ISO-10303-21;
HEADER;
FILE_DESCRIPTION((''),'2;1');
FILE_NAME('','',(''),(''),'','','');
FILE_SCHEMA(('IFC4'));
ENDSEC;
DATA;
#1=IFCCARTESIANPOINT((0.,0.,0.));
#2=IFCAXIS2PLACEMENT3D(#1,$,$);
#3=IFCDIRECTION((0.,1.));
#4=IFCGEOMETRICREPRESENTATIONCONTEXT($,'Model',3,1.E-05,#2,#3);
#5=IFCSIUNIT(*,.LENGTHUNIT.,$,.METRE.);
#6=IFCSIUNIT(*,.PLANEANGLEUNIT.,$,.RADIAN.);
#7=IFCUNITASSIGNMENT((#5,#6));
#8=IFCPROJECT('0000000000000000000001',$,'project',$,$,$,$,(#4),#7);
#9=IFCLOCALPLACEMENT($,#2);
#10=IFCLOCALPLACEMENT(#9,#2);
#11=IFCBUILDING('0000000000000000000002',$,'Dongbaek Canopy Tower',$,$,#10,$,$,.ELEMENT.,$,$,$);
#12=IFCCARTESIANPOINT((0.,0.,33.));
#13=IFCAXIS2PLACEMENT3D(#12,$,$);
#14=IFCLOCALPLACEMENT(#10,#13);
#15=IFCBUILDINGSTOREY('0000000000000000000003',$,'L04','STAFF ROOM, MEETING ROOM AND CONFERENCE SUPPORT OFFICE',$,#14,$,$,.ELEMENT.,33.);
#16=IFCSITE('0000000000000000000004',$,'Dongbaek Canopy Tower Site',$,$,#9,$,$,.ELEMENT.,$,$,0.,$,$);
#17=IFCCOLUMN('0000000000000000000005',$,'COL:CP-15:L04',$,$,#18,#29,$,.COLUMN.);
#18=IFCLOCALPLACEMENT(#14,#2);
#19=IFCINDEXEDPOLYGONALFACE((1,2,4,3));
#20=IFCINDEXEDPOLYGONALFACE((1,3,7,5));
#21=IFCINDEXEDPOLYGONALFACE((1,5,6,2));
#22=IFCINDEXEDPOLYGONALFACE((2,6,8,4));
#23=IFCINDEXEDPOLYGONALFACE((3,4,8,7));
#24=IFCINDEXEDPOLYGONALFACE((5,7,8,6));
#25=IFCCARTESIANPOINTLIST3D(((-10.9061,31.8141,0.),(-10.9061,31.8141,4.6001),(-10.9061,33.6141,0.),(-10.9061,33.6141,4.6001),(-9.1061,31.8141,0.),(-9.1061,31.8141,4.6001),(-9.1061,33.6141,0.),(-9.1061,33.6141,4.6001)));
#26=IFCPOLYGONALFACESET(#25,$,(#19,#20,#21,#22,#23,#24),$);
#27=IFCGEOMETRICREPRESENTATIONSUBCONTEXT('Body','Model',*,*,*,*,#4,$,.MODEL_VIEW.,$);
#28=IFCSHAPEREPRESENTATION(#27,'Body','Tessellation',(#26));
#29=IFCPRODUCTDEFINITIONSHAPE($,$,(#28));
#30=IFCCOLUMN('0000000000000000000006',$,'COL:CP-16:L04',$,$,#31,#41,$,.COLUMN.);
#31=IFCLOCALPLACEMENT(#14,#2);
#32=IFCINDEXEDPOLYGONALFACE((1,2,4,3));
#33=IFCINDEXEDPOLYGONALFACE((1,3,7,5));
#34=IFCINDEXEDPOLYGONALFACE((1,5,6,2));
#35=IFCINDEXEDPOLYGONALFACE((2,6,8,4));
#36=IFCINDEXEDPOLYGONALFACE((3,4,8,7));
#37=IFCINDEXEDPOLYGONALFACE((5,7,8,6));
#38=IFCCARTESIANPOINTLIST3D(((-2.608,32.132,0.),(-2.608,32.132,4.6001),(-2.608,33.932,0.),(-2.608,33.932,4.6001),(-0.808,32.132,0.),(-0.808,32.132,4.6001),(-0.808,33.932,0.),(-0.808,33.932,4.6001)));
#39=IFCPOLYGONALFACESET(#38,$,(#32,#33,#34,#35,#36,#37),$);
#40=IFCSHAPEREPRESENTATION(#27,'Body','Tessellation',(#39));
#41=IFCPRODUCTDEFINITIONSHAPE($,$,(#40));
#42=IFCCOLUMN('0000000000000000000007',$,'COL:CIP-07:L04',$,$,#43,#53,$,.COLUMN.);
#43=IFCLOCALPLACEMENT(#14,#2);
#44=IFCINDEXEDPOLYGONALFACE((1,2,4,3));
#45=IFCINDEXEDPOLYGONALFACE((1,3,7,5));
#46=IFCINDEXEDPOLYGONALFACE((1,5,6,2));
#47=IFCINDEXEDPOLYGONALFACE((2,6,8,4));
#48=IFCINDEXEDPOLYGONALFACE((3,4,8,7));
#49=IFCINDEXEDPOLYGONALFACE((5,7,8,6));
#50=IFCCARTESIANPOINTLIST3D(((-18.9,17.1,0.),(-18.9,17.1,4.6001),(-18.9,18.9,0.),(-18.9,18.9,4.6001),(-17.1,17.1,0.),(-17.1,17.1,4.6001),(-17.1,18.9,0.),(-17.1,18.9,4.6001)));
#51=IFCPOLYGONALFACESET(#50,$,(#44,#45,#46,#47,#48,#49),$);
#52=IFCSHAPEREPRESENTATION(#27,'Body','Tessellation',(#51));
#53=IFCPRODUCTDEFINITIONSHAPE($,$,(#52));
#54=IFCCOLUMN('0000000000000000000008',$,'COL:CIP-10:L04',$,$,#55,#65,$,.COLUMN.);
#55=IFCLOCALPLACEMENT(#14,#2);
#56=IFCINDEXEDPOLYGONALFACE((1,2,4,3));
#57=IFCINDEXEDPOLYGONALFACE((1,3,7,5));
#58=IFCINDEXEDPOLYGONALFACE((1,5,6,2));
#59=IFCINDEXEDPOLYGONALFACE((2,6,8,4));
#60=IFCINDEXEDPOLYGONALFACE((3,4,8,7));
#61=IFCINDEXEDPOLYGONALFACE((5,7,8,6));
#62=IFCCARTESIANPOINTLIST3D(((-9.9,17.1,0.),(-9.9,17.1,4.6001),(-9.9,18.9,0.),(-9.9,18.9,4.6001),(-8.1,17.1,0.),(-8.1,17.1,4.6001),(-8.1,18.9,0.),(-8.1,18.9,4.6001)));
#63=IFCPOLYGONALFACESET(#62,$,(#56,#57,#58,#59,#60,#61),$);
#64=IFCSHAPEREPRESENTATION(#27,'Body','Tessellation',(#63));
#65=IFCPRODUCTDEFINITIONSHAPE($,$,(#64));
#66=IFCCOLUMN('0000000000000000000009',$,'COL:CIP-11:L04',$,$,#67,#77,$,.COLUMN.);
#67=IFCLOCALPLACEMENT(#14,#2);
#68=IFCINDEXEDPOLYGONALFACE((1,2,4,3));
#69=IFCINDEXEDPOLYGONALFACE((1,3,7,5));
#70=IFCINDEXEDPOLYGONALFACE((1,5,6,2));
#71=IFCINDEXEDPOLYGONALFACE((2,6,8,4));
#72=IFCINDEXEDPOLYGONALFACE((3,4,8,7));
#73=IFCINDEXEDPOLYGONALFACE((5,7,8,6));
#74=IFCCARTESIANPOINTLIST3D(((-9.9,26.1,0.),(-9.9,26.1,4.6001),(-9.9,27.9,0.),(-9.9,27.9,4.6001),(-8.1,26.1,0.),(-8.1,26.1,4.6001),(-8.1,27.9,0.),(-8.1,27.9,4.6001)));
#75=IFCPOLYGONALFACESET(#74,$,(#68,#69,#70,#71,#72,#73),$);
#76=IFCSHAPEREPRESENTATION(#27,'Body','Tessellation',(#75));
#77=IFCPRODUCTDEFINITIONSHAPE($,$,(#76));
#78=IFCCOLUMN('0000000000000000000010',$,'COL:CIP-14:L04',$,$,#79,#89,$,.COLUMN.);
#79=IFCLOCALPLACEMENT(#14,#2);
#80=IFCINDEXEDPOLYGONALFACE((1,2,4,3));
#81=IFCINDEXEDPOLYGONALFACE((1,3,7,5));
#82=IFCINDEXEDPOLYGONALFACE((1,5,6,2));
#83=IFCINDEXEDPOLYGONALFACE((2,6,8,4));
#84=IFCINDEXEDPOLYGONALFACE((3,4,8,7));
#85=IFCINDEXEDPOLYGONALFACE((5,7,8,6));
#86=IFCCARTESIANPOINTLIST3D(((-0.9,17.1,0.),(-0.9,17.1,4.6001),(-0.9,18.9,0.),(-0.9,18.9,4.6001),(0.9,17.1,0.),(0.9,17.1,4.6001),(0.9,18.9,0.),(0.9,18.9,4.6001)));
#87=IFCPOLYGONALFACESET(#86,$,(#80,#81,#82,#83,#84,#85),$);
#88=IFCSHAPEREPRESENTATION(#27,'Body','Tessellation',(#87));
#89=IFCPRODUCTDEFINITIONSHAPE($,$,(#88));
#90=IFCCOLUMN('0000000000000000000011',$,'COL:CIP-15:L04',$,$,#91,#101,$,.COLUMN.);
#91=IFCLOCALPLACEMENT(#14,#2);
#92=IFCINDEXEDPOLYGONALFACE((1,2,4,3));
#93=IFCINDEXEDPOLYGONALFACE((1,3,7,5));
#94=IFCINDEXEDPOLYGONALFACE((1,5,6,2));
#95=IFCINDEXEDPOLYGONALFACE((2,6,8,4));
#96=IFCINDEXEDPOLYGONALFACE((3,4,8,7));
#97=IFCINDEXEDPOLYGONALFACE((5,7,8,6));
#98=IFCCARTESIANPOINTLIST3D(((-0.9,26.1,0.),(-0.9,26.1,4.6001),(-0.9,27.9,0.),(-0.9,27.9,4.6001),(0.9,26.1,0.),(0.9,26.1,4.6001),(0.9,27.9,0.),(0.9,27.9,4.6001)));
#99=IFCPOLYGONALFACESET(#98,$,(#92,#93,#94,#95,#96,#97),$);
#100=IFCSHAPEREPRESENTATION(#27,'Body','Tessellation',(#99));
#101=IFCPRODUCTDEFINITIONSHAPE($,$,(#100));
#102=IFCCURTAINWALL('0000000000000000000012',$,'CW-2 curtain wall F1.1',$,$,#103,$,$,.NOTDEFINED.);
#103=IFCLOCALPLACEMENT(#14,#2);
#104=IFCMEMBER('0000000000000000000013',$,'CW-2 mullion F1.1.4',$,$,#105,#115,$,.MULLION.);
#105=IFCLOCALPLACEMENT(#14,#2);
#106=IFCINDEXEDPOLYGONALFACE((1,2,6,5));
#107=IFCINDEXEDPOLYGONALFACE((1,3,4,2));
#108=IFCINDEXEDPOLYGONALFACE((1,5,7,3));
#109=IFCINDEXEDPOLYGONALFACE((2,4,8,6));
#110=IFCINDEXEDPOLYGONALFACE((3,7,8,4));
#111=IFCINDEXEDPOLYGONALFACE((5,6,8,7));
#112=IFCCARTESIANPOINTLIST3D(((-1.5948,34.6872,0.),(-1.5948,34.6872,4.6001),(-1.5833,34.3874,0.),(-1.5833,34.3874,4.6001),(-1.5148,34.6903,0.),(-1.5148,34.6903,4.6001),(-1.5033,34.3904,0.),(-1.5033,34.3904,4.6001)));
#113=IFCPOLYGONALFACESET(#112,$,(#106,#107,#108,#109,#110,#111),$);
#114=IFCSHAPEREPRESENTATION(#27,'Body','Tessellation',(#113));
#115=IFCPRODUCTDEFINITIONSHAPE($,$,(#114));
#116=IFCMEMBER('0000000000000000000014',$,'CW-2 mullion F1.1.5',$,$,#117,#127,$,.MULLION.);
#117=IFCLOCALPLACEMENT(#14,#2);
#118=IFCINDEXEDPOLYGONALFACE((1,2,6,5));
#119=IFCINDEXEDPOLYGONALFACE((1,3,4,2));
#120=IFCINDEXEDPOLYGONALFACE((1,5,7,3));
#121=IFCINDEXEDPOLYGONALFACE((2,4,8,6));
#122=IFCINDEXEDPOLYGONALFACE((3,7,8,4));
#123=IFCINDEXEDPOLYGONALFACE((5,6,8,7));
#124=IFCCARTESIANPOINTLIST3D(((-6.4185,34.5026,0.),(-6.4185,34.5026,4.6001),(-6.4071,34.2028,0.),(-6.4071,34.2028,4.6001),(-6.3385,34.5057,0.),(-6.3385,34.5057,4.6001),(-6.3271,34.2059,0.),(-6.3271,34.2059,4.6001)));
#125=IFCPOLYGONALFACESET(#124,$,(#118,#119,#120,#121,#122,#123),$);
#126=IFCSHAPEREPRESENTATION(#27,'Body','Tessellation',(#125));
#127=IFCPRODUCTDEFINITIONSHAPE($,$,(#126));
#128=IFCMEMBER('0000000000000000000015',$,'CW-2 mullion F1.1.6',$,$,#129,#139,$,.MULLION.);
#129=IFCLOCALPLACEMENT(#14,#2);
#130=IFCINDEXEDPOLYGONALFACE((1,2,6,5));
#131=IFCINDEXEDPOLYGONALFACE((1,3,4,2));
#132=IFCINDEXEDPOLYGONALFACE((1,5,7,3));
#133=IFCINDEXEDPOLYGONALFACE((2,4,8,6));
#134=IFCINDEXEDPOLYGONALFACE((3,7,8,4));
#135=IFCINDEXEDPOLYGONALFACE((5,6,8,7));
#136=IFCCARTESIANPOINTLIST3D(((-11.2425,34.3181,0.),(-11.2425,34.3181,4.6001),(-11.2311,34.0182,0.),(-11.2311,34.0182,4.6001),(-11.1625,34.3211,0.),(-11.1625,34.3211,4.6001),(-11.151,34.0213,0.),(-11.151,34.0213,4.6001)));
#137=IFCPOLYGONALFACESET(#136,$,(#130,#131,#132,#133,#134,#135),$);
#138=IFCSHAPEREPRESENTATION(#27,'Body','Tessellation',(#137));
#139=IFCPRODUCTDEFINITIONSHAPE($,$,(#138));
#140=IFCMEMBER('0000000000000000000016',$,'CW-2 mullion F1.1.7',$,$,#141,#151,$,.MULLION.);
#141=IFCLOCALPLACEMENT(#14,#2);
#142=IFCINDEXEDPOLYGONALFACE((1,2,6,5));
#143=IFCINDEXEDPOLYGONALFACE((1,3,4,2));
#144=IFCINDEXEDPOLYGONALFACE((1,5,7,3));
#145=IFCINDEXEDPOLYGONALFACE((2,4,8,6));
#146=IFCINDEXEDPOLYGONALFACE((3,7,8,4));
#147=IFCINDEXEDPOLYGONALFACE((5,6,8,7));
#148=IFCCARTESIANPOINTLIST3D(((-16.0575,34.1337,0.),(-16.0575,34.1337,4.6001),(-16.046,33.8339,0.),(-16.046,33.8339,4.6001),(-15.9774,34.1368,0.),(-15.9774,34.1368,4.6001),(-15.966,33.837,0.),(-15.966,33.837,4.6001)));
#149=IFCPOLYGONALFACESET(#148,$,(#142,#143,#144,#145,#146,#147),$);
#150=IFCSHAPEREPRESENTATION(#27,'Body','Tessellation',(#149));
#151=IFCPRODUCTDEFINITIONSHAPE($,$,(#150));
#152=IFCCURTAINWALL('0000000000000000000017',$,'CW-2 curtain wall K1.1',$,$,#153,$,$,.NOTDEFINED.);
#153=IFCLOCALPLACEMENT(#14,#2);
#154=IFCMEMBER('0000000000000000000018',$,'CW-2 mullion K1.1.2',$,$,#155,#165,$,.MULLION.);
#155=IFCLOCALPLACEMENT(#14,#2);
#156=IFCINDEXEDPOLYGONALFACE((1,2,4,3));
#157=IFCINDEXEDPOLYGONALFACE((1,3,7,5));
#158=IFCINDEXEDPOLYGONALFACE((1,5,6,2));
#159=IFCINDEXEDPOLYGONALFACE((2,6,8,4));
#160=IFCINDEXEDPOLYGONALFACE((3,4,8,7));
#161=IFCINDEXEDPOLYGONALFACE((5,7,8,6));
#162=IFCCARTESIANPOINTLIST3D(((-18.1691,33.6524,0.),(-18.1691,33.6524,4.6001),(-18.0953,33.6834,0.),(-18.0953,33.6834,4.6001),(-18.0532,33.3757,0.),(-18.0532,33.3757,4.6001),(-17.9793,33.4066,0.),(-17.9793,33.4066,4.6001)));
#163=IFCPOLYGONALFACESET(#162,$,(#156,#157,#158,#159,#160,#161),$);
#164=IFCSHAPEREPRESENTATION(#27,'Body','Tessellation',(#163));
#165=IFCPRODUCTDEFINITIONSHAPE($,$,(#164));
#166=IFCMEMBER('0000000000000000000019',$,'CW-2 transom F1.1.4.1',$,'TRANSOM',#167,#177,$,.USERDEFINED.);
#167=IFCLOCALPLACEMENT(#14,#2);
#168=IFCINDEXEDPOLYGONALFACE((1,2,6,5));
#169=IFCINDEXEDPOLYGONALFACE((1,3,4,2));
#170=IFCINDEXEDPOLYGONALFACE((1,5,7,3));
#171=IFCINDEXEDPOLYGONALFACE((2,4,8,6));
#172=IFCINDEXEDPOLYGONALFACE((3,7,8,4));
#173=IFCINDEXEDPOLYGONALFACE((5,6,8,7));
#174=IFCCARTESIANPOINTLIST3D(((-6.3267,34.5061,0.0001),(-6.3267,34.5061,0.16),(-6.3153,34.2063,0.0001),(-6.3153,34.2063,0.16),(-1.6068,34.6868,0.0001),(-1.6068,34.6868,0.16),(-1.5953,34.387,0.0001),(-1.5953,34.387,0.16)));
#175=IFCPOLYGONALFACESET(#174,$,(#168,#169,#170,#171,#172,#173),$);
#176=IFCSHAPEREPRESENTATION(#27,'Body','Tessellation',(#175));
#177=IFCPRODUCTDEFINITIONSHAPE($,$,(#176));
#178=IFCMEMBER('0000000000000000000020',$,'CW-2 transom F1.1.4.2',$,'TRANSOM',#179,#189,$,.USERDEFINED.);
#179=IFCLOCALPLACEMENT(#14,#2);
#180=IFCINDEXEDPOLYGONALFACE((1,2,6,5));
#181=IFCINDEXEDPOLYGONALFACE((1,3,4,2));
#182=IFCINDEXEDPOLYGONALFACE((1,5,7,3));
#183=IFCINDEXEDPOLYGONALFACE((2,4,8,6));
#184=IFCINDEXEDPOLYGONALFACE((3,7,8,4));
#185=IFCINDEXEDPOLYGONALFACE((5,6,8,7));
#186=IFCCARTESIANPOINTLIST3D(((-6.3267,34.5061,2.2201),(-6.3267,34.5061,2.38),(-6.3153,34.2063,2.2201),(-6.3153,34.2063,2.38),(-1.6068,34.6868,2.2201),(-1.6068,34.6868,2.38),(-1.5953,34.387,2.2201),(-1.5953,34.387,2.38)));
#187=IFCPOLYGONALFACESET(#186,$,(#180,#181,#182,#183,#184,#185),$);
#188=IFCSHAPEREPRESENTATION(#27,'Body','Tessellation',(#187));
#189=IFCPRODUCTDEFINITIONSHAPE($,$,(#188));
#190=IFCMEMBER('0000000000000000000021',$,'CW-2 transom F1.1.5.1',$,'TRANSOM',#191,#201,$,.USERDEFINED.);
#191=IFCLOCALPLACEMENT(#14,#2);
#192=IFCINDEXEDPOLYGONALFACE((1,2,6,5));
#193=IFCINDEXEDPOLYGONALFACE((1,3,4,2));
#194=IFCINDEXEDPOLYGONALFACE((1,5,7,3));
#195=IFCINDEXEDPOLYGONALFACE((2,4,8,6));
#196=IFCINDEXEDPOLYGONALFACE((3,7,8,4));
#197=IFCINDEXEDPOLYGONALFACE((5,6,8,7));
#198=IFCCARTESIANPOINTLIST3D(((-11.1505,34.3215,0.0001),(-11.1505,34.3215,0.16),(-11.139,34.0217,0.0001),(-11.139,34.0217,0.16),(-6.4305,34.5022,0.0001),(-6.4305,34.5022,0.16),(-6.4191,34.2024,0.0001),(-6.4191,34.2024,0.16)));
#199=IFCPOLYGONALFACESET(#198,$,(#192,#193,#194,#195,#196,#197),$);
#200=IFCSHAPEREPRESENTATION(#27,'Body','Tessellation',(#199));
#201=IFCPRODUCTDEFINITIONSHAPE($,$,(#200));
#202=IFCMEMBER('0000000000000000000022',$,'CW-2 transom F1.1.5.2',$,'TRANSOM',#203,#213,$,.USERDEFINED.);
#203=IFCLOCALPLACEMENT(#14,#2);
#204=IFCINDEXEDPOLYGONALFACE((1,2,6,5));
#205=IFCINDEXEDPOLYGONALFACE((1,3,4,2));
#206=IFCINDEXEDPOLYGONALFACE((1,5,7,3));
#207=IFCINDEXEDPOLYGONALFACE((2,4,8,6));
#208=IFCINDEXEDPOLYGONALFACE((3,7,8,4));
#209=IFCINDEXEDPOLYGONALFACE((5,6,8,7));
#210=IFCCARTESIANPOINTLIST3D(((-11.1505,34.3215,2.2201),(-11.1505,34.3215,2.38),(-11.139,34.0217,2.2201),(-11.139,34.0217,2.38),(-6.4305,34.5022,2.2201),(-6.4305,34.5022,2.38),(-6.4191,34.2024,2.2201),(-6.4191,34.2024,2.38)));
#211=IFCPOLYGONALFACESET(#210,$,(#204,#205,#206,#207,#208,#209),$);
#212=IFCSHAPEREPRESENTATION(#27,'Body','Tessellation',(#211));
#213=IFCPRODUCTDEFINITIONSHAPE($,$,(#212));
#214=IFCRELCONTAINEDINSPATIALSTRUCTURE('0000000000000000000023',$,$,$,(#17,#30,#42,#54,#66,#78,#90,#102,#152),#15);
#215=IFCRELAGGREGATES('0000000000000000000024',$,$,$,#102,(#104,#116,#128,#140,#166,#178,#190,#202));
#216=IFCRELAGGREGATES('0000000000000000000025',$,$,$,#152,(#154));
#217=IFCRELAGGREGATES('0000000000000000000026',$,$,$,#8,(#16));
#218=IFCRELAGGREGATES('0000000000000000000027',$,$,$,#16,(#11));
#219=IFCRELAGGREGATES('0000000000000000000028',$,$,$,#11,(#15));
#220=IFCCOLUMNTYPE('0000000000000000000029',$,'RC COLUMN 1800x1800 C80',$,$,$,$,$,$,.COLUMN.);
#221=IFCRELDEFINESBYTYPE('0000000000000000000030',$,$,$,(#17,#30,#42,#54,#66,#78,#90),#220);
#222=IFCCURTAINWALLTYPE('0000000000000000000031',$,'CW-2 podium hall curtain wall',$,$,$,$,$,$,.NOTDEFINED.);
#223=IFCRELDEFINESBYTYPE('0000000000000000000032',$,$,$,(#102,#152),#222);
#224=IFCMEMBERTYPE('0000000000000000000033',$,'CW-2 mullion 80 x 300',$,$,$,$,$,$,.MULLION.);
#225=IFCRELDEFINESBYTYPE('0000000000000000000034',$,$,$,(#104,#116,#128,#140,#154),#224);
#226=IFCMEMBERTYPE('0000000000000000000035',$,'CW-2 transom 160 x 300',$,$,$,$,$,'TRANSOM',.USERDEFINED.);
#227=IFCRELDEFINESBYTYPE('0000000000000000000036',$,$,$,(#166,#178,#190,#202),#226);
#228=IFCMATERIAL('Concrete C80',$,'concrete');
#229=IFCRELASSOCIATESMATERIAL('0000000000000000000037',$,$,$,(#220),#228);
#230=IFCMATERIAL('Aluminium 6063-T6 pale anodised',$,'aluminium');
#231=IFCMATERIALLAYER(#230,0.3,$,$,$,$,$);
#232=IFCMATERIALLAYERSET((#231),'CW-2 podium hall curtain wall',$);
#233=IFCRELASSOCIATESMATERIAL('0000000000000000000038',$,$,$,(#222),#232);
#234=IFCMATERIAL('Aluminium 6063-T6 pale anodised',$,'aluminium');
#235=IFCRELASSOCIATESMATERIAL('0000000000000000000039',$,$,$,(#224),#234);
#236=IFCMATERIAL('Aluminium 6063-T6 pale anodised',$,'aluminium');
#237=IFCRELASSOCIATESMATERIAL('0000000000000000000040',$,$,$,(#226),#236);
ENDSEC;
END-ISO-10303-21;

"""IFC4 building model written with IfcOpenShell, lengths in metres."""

from ifc_helpers import new_model, si_unit, direction, frame, origin, origin_2d, place, context, subcontext, project, spatial, rectangle, extrude, material, layer, layer_set, material_profile, profile_set, type_object, element, aggregate, save


model = new_model("IFC4")

# Units and contexts
model_context = context("Model", 3, precision=1e-05, world=origin(), true_north=direction((0.0, 1.0)))
body_context = subcontext(model_context, "Body", "Model", "MODEL_VIEW")
ifc_project = project(units=[si_unit("LENGTHUNIT", "METRE"), si_unit("PLANEANGLEUNIT", "RADIAN")], contexts=[model_context])

# Site, building, storey
site_placement = place(None, origin())
site = spatial("IfcSite", under=ifc_project, at=site_placement, Name="Dongbaek Canopy Tower Site", CompositionType="ELEMENT", RefElevation=0.0)
building_placement = place(site_placement, origin())
building = spatial("IfcBuilding", under=site, at=building_placement, Name="Dongbaek Canopy Tower", CompositionType="ELEMENT")
storey_placement = place(building_placement, frame((0.0, 0.0, 33.0)))
storey = spatial("IfcBuildingStorey", under=building, at=storey_placement, Name="L04", Description="STAFF ROOM, MEETING ROOM AND CONFERENCE SUPPORT OFFICE", CompositionType="ELEMENT", Elevation=33.0)

# Columns
ifc_material_1 = material(Name="Concrete C80", Category="concrete")
ifc_material_profile_1 = material_profile(ifc_material_1, rectangle(XDim=1.8, YDim=1.8, at=origin_2d()), Name="RC COLUMN 1800x1800 C80")
ifc_profile_set_1 = profile_set([ifc_material_profile_1], Name="Concrete C80")
column_type = type_object("IfcColumnType", Name="RC COLUMN 1800x1800 C80", PredefinedType="COLUMN", material=ifc_profile_set_1)
for number, where, z_axis, x_axis, name in (
    (1, (-10.0061, 32.7141, 0.0), (0.0, 0.0, 1.0), (1.0, 0.0, 0.0), "COL:CP-15:L04"),
    (2, (-1.708, 33.032, 0.0), (0.0, 0.0, 1.0), (1.0, 0.0, 0.0), "COL:CP-16:L04"),
    (3, (-18.0, 18.0, 0.0), (0.0, 0.0, 1.0), (1.0, 0.0, 0.0), "COL:CIP-07:L04"),
    (4, (-9.0, 18.0, 0.0), (0.0, 0.0, 1.0), (1.0, 0.0, 0.0), "COL:CIP-10:L04"),
    (5, (-9.0, 27.0, 0.0), (0.0, 0.0, 1.0), (1.0, 0.0, 0.0), "COL:CIP-11:L04"),
    (6, (0.0, 18.0, 0.0), (0.0, 0.0, 1.0), (1.0, 0.0, 0.0), "COL:CIP-14:L04"),
    (7, (0.0, 27.0, 0.0), (0.0, 0.0, 1.0), (1.0, 0.0, 0.0), "COL:CIP-15:L04"),
):
    element("IfcColumn", number, at=place(storey_placement, frame(where, z_axis=z_axis, x_axis=x_axis)), inside=storey, type_object=column_type, Name=name, PredefinedType="COLUMN", context=body_context, shape_type="SweptSolid", body=[
        extrude(rectangle(XDim=1.8, YDim=1.8, at=origin_2d()), origin(), (0.0, 0.0, 1.0), 4.6001),
    ])

# Curtain wall, members
ifc_material_2 = material(Name="Aluminium 6063-T6 pale anodised", Category="aluminium")
ifc_layer_1 = layer(ifc_material_2, 0.3)
ifc_layer_set_1 = layer_set([ifc_layer_1], Name="CW-2 podium hall curtain wall")
curtain_wall_type = type_object("IfcCurtainWallType", Name="CW-2 podium hall curtain wall", PredefinedType="NOTDEFINED", material=ifc_layer_set_1)
curtain_wall_1_placement = place(storey_placement, origin())
curtain_wall_1 = element("IfcCurtainWall", 8, at=curtain_wall_1_placement, inside=storey, type_object=curtain_wall_type, Name="CW-2 curtain wall F1.1", PredefinedType="NOTDEFINED")
ifc_material_3 = material(Name="Aluminium 6063-T6 pale anodised", Category="aluminium")
ifc_material_profile_2 = material_profile(ifc_material_3, rectangle(XDim=0.3, YDim=0.0801, at=origin_2d()), Name="CW-2 mullion 80 x 300")
ifc_profile_set_2 = profile_set([ifc_material_profile_2], Name="Aluminium 6063-T6 pale anodised")
member_type_1 = type_object("IfcMemberType", Name="CW-2 mullion 80 x 300", PredefinedType="MULLION", material=ifc_profile_set_2)
member_1_placement = place(storey_placement, frame((-1.5491, 34.5388, 0.0), z_axis=(0.0, 0.0, 1.0), x_axis=(-0.038232, 0.999269, 0.0)))
member_1 = element("IfcMember", 9, at=member_1_placement, type_object=member_type_1, Name="CW-2 mullion F1.1.4", PredefinedType="MULLION", context=body_context, shape_type="SweptSolid", body=[
    extrude(rectangle(XDim=0.3, YDim=0.0801, at=origin_2d()), origin(), (0.0, 0.0, 1.0), 4.6001),
])
member_2_placement = place(storey_placement, frame((-6.3728, 34.3542, 0.0), z_axis=(0.0, 0.0, 1.0), x_axis=(-0.038232, 0.999269, 0.0)))
member_2 = element("IfcMember", 10, at=member_2_placement, type_object=member_type_1, Name="CW-2 mullion F1.1.5", PredefinedType="MULLION", context=body_context, shape_type="SweptSolid", body=[
    extrude(rectangle(XDim=0.3, YDim=0.0801, at=origin_2d()), origin(), (0.0, 0.0, 1.0), 4.6001),
])
member_3_placement = place(storey_placement, frame((-11.1968, 34.1697, 0.0), z_axis=(0.0, 0.0, 1.0), x_axis=(-0.038232, 0.999269, 0.0)))
member_3 = element("IfcMember", 11, at=member_3_placement, type_object=member_type_1, Name="CW-2 mullion F1.1.6", PredefinedType="MULLION", context=body_context, shape_type="SweptSolid", body=[
    extrude(rectangle(XDim=0.3, YDim=0.0801, at=origin_2d()), origin(), (0.0, 0.0, 1.0), 4.6001),
])
member_4_placement = place(storey_placement, frame((-16.0117, 33.9854, 0.0), z_axis=(0.0, 0.0, 1.0), x_axis=(-0.038232, 0.999269, 0.0)))
member_4 = element("IfcMember", 12, at=member_4_placement, type_object=member_type_1, Name="CW-2 mullion F1.1.7", PredefinedType="MULLION", context=body_context, shape_type="SweptSolid", body=[
    extrude(rectangle(XDim=0.3, YDim=0.0801, at=origin_2d()), origin(), (0.0, 0.0, 1.0), 4.6001),
])

# Curtain wall, member
curtain_wall_2_placement = place(storey_placement, origin())
curtain_wall_2 = element("IfcCurtainWall", 13, at=curtain_wall_2_placement, inside=storey, type_object=curtain_wall_type, Name="CW-2 curtain wall K1.1", PredefinedType="NOTDEFINED")
member_5_placement = place(storey_placement, frame((-18.0742, 33.5295, 0.0), z_axis=(0.0, 0.0, 1.0), x_axis=(-0.386403, 0.92233, 0.0)))
member_5 = element("IfcMember", 14, at=member_5_placement, type_object=member_type_1, Name="CW-2 mullion K1.1.2", PredefinedType="MULLION", context=body_context, shape_type="SweptSolid", body=[
    extrude(rectangle(XDim=0.3, YDim=0.0801, at=origin_2d()), origin(), (0.0, 0.0, 1.0), 4.6001),
])

# Members
ifc_material_4 = material(Name="Aluminium 6063-T6 pale anodised", Category="aluminium")
ifc_material_profile_3 = material_profile(ifc_material_4, rectangle(XDim=0.3, YDim=0.1599, at=origin_2d()), Name="CW-2 transom 160 x 300")
ifc_profile_set_3 = profile_set([ifc_material_profile_3], Name="Aluminium 6063-T6 pale anodised")
member_type_2 = type_object("IfcMemberType", Name="CW-2 transom 160 x 300", ElementType="TRANSOM", PredefinedType="USERDEFINED", material=ifc_profile_set_3)
member_6_placement = place(storey_placement, frame((-1.6011, 34.5369, 0.0801), z_axis=(-0.999268, -0.038249, 0.0), x_axis=(0.038249, -0.999268, 0.0)))
member_6 = element("IfcMember", 15, at=member_6_placement, type_object=member_type_2, Name="CW-2 transom F1.1.4.1", ObjectType="TRANSOM", PredefinedType="USERDEFINED", context=body_context, shape_type="SweptSolid", body=[
    extrude(rectangle(XDim=0.3, YDim=0.1599, at=origin_2d()), origin(), (0.0, 0.0, 1.0), 4.7234),
])
member_7_placement = place(storey_placement, frame((-1.6011, 34.5369, 2.3), z_axis=(-0.999268, -0.038249, 0.0), x_axis=(0.038249, -0.999268, 0.0)))
member_7 = element("IfcMember", 16, at=member_7_placement, type_object=member_type_2, Name="CW-2 transom F1.1.4.2", ObjectType="TRANSOM", PredefinedType="USERDEFINED", context=body_context, shape_type="SweptSolid", body=[
    extrude(rectangle(XDim=0.3, YDim=0.1599, at=origin_2d()), origin(), (0.0, 0.0, 1.0), 4.7234),
])
member_8_placement = place(storey_placement, frame((-6.4248, 34.3523, 0.0801), z_axis=(-0.999268, -0.038249, 0.0), x_axis=(0.038249, -0.999268, 0.0)))
member_8 = element("IfcMember", 17, at=member_8_placement, type_object=member_type_2, Name="CW-2 transom F1.1.5.1", ObjectType="TRANSOM", PredefinedType="USERDEFINED", context=body_context, shape_type="SweptSolid", body=[
    extrude(rectangle(XDim=0.3, YDim=0.1599, at=origin_2d()), origin(), (0.0, 0.0, 1.0), 4.7234),
])
member_9_placement = place(storey_placement, frame((-6.4248, 34.3523, 2.3), z_axis=(-0.999268, -0.038249, 0.0), x_axis=(0.038249, -0.999268, 0.0)))
member_9 = element("IfcMember", 18, at=member_9_placement, type_object=member_type_2, Name="CW-2 transom F1.1.5.2", ObjectType="TRANSOM", PredefinedType="USERDEFINED", context=body_context, shape_type="SweptSolid", body=[
    extrude(rectangle(XDim=0.3, YDim=0.1599, at=origin_2d()), origin(), (0.0, 0.0, 1.0), 4.7234),
])

aggregate(curtain_wall_1, [member_1, member_2, member_3, member_4, member_6, member_7, member_8, member_9])
aggregate(curtain_wall_2, [member_5])

save(model, "model.ifc")
